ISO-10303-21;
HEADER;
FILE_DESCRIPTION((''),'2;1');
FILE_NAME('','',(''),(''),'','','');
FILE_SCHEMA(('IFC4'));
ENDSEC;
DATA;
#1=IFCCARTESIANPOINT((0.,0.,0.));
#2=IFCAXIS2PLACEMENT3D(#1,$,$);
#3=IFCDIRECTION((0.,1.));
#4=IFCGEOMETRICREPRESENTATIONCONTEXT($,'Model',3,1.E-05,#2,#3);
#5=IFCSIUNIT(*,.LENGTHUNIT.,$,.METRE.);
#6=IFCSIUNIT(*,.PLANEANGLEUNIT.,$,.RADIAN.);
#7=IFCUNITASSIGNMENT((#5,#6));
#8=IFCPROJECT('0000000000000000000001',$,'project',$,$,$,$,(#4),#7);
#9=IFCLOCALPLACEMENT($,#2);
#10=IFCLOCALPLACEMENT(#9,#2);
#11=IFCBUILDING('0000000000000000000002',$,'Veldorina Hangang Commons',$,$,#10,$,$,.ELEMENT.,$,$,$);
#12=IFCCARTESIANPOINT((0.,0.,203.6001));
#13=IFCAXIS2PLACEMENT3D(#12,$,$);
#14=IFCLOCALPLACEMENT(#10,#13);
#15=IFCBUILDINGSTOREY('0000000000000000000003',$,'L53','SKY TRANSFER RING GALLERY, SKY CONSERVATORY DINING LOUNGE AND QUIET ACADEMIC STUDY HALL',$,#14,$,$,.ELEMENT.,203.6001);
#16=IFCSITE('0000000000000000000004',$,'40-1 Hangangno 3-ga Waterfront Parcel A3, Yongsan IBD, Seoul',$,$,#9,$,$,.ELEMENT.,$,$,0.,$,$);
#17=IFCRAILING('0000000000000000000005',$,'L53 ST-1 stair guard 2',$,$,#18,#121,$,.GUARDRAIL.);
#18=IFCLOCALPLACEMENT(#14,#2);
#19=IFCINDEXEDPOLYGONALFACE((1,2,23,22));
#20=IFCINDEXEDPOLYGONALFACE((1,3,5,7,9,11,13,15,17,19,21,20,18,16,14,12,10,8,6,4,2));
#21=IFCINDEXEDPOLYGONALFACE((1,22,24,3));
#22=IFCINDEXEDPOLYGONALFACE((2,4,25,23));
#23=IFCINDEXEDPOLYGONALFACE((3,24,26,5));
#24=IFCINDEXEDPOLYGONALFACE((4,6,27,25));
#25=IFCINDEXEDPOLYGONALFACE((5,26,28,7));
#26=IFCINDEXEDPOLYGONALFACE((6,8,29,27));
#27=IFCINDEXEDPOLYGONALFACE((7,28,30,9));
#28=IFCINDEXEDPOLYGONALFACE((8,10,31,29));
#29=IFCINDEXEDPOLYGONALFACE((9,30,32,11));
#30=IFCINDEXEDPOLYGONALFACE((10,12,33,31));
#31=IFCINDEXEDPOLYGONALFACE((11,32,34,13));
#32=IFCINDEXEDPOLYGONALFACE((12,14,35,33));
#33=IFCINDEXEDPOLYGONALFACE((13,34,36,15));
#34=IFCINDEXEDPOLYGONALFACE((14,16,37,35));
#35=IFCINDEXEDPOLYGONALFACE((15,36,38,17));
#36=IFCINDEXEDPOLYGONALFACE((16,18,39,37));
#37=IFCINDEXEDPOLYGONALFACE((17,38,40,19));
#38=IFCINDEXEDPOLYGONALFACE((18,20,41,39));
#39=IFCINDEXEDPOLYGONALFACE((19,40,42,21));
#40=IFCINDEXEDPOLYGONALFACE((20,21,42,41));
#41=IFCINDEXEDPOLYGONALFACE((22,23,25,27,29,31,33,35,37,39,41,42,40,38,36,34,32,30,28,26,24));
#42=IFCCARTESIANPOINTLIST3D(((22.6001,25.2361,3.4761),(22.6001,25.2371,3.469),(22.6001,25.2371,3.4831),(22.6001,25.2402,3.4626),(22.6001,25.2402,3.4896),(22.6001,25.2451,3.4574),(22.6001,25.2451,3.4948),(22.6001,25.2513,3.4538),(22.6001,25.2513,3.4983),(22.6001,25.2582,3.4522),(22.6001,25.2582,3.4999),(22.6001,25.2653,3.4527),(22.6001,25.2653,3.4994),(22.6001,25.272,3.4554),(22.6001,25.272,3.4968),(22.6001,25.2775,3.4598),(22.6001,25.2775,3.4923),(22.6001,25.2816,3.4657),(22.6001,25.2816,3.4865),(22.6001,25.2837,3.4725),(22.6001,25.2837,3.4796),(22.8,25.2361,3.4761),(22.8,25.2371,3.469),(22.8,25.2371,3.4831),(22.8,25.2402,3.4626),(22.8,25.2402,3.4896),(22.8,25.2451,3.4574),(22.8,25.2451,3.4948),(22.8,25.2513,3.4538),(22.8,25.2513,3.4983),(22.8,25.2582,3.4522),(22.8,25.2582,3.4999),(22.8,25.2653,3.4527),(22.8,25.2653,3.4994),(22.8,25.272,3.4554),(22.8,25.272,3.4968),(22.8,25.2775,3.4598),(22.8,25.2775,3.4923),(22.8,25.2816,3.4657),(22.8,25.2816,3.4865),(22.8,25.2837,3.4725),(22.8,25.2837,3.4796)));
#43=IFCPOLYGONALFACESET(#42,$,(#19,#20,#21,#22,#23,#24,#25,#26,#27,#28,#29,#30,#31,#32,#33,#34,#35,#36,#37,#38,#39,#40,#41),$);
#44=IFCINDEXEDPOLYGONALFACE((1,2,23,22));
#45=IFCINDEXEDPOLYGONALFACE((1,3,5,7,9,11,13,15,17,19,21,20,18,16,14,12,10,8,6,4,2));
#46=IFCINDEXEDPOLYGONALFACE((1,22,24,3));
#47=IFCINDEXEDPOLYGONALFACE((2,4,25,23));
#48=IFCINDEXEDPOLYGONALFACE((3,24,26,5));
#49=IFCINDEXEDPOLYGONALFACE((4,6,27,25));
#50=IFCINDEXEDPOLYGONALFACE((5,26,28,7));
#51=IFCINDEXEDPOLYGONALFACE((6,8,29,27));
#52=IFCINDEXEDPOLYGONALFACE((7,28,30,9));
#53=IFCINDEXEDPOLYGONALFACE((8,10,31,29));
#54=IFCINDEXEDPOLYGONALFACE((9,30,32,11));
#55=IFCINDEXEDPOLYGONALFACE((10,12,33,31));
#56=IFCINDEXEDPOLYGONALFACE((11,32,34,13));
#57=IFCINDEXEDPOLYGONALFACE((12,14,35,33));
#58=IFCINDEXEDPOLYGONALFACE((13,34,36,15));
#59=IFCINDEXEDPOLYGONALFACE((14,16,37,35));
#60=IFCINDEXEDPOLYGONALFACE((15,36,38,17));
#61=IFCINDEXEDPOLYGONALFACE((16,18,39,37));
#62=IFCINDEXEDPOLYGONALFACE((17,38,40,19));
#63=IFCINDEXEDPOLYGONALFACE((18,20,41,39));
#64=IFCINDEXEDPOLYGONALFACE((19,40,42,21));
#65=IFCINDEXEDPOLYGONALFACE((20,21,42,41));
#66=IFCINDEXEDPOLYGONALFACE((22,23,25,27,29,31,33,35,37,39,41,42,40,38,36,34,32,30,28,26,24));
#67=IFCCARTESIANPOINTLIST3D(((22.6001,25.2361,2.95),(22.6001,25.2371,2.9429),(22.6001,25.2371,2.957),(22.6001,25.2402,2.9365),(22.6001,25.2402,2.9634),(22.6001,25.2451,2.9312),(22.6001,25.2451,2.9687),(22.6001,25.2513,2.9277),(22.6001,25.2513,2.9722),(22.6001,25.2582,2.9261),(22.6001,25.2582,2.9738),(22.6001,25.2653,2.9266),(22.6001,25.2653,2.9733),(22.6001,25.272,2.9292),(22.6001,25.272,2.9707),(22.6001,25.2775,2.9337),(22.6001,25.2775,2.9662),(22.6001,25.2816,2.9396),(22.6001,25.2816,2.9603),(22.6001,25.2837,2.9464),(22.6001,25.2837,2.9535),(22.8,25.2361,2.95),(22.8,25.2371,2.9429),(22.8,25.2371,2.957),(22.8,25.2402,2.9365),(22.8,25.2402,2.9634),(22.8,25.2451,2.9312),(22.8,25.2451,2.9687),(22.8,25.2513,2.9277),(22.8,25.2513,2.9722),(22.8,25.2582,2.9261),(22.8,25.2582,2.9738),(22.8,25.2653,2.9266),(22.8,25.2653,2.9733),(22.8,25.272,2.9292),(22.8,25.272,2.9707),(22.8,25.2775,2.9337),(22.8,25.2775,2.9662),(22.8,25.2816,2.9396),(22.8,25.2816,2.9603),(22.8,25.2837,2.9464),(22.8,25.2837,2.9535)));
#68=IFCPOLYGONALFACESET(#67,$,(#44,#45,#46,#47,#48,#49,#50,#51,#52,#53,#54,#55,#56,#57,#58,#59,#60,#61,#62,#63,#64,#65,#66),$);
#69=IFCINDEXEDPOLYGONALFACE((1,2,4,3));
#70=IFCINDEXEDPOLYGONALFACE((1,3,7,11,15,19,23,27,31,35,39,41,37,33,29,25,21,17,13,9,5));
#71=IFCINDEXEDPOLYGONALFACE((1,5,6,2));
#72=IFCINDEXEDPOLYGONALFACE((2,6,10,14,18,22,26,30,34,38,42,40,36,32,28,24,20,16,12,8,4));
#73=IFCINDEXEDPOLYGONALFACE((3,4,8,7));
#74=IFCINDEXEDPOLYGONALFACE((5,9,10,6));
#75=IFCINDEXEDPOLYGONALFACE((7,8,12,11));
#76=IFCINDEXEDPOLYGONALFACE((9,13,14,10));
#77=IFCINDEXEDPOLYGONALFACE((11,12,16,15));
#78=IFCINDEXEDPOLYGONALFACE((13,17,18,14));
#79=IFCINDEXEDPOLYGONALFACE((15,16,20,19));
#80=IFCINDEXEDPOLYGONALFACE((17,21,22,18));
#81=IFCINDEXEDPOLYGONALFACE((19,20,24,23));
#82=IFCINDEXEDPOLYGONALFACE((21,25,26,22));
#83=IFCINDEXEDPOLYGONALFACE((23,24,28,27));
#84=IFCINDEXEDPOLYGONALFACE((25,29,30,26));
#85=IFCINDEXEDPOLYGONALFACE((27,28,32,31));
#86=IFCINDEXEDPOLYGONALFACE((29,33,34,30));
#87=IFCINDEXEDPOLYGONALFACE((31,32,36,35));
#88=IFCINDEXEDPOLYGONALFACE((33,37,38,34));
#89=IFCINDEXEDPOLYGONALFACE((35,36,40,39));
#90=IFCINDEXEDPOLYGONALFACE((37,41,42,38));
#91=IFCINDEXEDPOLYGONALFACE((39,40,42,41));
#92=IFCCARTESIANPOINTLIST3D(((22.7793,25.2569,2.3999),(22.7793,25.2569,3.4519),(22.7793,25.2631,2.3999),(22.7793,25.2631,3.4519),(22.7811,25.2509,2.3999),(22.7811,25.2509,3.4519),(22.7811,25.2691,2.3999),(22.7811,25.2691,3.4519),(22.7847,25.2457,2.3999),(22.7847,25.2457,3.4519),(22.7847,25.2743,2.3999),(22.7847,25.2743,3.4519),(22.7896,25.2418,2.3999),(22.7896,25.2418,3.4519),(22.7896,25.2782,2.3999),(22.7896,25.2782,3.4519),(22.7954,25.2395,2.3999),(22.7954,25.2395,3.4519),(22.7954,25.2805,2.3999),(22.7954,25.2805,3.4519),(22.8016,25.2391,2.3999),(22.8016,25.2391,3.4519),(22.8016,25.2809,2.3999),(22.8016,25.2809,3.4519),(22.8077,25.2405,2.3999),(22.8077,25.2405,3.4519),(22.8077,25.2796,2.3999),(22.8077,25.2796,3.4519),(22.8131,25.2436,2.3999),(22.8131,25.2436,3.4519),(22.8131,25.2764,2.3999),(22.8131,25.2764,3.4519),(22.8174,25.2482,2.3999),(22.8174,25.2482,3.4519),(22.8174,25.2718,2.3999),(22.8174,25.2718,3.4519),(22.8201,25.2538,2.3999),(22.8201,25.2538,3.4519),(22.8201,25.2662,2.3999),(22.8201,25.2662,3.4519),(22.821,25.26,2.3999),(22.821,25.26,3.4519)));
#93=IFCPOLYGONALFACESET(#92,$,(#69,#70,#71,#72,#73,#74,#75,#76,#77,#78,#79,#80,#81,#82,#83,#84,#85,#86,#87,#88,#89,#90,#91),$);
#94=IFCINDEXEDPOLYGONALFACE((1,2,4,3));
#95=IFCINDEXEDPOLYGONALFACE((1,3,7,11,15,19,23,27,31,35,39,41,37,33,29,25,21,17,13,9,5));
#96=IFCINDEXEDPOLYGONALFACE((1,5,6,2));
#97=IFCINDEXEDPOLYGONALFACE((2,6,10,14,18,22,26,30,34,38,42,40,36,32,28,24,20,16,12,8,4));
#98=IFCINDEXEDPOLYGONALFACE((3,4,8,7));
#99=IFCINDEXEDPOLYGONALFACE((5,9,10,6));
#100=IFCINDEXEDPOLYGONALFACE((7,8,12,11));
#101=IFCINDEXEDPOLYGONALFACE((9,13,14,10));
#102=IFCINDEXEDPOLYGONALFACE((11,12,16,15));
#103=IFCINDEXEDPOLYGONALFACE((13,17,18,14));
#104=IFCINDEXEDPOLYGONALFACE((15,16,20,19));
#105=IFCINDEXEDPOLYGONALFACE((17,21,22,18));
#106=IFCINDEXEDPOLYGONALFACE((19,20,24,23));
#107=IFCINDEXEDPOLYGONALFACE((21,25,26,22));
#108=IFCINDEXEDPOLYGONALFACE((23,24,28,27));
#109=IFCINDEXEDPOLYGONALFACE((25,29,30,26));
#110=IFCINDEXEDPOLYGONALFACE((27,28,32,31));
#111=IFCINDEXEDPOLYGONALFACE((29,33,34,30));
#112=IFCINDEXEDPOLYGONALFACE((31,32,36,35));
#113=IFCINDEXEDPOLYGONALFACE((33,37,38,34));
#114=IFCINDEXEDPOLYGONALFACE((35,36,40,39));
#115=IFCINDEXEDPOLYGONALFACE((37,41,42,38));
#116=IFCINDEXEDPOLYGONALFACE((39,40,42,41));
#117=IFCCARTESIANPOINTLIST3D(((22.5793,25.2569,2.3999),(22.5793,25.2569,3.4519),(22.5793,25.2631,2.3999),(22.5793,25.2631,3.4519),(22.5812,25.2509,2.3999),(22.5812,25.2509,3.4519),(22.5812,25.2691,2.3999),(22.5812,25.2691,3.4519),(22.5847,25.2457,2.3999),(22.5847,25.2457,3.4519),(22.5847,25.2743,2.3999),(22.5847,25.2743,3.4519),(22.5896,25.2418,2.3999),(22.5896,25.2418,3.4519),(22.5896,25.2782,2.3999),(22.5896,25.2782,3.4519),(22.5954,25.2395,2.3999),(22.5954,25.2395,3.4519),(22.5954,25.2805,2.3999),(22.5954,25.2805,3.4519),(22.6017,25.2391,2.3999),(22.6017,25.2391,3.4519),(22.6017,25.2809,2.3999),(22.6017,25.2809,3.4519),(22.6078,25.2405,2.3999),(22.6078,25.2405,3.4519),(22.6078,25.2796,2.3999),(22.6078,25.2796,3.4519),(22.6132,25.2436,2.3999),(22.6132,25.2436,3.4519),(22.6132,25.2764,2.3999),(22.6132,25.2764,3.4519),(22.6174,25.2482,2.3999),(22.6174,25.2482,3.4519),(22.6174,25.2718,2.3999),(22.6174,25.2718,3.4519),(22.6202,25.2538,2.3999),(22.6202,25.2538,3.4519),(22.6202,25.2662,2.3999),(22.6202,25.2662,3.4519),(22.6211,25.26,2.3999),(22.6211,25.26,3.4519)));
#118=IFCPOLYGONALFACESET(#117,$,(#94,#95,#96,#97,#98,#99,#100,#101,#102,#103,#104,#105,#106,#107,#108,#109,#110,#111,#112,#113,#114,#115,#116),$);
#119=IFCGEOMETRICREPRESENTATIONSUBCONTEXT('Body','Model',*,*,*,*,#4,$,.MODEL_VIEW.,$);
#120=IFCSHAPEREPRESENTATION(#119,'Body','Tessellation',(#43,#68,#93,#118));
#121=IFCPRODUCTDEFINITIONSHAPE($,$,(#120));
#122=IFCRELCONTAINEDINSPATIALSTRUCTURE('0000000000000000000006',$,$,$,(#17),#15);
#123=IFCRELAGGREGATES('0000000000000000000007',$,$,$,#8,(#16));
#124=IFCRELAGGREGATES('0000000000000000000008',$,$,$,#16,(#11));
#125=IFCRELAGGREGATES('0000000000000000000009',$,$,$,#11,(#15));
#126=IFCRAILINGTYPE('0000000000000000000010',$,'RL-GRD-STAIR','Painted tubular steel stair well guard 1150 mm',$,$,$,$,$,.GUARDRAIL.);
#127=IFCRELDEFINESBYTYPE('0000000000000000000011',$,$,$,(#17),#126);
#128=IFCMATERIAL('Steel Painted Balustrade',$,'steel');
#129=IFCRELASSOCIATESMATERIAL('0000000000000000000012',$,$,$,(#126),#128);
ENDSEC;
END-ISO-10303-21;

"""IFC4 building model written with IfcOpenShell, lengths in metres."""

from ifc_helpers import new_model, si_unit, direction, frame, origin, origin_2d, place, context, subcontext, project, spatial, circle, extrude, material, type_object, element, save


model = new_model("IFC4")

# Units and contexts
model_context = context("Model", 3, precision=1e-05, world=origin(), true_north=direction((0.0, 1.0)))
body_context = subcontext(model_context, "Body", "Model", "MODEL_VIEW")
ifc_project = project(units=[si_unit("LENGTHUNIT", "METRE"), si_unit("PLANEANGLEUNIT", "RADIAN")], contexts=[model_context])

# Site, building, storey
site_placement = place(None, origin())
site = spatial("IfcSite", under=ifc_project, at=site_placement, Name="40-1 Hangangno 3-ga Waterfront Parcel A3, Yongsan IBD, Seoul", CompositionType="ELEMENT", RefElevation=0.0)
building_placement = place(site_placement, origin())
building = spatial("IfcBuilding", under=site, at=building_placement, Name="Veldorina Hangang Commons", CompositionType="ELEMENT")
storey_placement = place(building_placement, frame((0.0, 0.0, 203.6001)))
storey = spatial("IfcBuildingStorey", under=building, at=storey_placement, Name="L53", Description="SKY TRANSFER RING GALLERY, SKY CONSERVATORY DINING LOUNGE AND QUIET ACADEMIC STUDY HALL", CompositionType="ELEMENT", Elevation=203.6001)

# Railing
ifc_material_1 = material(Name="Steel Painted Balustrade", Category="steel")
railing_type_1 = type_object("IfcRailingType", Name="RL-GRD-STAIR", Description="Painted tubular steel stair well guard 1150 mm", PredefinedType="GUARDRAIL", material=ifc_material_1)
railing_1_placement = place(storey_placement, frame((22.8, 25.26, 2.3999)))
element("IfcRailing", 1, at=railing_1_placement, inside=storey, type_object=railing_type_1, Name="L53 ST-1 stair guard 2", PredefinedType="GUARDRAIL", context=body_context, shape_type="SweptSolid", body=[
    extrude(circle(Radius=0.0239, at=origin_2d()), frame((0.0, 0.0, 1.0762), z_axis=(-1.0, 0.0, 0.0), x_axis=(0.0, -1.0, 0.0)), (0.0, 0.0, 1.0), 0.2),
    extrude(circle(Radius=0.0239, at=origin_2d()), frame((0.0, 0.0, 0.55), z_axis=(-1.0, 0.0, 0.0), x_axis=(0.0, -1.0, 0.0)), (0.0, 0.0, 1.0), 0.2),
    extrude(circle(Radius=0.021, at=origin_2d()), origin(), (0.0, 0.0, 1.0), 1.052),
    extrude(circle(Radius=0.021, at=origin_2d()), frame((-0.2, 0.0, 0.0)), (0.0, 0.0, 1.0), 1.052),
])

save(model, "model.ifc")
